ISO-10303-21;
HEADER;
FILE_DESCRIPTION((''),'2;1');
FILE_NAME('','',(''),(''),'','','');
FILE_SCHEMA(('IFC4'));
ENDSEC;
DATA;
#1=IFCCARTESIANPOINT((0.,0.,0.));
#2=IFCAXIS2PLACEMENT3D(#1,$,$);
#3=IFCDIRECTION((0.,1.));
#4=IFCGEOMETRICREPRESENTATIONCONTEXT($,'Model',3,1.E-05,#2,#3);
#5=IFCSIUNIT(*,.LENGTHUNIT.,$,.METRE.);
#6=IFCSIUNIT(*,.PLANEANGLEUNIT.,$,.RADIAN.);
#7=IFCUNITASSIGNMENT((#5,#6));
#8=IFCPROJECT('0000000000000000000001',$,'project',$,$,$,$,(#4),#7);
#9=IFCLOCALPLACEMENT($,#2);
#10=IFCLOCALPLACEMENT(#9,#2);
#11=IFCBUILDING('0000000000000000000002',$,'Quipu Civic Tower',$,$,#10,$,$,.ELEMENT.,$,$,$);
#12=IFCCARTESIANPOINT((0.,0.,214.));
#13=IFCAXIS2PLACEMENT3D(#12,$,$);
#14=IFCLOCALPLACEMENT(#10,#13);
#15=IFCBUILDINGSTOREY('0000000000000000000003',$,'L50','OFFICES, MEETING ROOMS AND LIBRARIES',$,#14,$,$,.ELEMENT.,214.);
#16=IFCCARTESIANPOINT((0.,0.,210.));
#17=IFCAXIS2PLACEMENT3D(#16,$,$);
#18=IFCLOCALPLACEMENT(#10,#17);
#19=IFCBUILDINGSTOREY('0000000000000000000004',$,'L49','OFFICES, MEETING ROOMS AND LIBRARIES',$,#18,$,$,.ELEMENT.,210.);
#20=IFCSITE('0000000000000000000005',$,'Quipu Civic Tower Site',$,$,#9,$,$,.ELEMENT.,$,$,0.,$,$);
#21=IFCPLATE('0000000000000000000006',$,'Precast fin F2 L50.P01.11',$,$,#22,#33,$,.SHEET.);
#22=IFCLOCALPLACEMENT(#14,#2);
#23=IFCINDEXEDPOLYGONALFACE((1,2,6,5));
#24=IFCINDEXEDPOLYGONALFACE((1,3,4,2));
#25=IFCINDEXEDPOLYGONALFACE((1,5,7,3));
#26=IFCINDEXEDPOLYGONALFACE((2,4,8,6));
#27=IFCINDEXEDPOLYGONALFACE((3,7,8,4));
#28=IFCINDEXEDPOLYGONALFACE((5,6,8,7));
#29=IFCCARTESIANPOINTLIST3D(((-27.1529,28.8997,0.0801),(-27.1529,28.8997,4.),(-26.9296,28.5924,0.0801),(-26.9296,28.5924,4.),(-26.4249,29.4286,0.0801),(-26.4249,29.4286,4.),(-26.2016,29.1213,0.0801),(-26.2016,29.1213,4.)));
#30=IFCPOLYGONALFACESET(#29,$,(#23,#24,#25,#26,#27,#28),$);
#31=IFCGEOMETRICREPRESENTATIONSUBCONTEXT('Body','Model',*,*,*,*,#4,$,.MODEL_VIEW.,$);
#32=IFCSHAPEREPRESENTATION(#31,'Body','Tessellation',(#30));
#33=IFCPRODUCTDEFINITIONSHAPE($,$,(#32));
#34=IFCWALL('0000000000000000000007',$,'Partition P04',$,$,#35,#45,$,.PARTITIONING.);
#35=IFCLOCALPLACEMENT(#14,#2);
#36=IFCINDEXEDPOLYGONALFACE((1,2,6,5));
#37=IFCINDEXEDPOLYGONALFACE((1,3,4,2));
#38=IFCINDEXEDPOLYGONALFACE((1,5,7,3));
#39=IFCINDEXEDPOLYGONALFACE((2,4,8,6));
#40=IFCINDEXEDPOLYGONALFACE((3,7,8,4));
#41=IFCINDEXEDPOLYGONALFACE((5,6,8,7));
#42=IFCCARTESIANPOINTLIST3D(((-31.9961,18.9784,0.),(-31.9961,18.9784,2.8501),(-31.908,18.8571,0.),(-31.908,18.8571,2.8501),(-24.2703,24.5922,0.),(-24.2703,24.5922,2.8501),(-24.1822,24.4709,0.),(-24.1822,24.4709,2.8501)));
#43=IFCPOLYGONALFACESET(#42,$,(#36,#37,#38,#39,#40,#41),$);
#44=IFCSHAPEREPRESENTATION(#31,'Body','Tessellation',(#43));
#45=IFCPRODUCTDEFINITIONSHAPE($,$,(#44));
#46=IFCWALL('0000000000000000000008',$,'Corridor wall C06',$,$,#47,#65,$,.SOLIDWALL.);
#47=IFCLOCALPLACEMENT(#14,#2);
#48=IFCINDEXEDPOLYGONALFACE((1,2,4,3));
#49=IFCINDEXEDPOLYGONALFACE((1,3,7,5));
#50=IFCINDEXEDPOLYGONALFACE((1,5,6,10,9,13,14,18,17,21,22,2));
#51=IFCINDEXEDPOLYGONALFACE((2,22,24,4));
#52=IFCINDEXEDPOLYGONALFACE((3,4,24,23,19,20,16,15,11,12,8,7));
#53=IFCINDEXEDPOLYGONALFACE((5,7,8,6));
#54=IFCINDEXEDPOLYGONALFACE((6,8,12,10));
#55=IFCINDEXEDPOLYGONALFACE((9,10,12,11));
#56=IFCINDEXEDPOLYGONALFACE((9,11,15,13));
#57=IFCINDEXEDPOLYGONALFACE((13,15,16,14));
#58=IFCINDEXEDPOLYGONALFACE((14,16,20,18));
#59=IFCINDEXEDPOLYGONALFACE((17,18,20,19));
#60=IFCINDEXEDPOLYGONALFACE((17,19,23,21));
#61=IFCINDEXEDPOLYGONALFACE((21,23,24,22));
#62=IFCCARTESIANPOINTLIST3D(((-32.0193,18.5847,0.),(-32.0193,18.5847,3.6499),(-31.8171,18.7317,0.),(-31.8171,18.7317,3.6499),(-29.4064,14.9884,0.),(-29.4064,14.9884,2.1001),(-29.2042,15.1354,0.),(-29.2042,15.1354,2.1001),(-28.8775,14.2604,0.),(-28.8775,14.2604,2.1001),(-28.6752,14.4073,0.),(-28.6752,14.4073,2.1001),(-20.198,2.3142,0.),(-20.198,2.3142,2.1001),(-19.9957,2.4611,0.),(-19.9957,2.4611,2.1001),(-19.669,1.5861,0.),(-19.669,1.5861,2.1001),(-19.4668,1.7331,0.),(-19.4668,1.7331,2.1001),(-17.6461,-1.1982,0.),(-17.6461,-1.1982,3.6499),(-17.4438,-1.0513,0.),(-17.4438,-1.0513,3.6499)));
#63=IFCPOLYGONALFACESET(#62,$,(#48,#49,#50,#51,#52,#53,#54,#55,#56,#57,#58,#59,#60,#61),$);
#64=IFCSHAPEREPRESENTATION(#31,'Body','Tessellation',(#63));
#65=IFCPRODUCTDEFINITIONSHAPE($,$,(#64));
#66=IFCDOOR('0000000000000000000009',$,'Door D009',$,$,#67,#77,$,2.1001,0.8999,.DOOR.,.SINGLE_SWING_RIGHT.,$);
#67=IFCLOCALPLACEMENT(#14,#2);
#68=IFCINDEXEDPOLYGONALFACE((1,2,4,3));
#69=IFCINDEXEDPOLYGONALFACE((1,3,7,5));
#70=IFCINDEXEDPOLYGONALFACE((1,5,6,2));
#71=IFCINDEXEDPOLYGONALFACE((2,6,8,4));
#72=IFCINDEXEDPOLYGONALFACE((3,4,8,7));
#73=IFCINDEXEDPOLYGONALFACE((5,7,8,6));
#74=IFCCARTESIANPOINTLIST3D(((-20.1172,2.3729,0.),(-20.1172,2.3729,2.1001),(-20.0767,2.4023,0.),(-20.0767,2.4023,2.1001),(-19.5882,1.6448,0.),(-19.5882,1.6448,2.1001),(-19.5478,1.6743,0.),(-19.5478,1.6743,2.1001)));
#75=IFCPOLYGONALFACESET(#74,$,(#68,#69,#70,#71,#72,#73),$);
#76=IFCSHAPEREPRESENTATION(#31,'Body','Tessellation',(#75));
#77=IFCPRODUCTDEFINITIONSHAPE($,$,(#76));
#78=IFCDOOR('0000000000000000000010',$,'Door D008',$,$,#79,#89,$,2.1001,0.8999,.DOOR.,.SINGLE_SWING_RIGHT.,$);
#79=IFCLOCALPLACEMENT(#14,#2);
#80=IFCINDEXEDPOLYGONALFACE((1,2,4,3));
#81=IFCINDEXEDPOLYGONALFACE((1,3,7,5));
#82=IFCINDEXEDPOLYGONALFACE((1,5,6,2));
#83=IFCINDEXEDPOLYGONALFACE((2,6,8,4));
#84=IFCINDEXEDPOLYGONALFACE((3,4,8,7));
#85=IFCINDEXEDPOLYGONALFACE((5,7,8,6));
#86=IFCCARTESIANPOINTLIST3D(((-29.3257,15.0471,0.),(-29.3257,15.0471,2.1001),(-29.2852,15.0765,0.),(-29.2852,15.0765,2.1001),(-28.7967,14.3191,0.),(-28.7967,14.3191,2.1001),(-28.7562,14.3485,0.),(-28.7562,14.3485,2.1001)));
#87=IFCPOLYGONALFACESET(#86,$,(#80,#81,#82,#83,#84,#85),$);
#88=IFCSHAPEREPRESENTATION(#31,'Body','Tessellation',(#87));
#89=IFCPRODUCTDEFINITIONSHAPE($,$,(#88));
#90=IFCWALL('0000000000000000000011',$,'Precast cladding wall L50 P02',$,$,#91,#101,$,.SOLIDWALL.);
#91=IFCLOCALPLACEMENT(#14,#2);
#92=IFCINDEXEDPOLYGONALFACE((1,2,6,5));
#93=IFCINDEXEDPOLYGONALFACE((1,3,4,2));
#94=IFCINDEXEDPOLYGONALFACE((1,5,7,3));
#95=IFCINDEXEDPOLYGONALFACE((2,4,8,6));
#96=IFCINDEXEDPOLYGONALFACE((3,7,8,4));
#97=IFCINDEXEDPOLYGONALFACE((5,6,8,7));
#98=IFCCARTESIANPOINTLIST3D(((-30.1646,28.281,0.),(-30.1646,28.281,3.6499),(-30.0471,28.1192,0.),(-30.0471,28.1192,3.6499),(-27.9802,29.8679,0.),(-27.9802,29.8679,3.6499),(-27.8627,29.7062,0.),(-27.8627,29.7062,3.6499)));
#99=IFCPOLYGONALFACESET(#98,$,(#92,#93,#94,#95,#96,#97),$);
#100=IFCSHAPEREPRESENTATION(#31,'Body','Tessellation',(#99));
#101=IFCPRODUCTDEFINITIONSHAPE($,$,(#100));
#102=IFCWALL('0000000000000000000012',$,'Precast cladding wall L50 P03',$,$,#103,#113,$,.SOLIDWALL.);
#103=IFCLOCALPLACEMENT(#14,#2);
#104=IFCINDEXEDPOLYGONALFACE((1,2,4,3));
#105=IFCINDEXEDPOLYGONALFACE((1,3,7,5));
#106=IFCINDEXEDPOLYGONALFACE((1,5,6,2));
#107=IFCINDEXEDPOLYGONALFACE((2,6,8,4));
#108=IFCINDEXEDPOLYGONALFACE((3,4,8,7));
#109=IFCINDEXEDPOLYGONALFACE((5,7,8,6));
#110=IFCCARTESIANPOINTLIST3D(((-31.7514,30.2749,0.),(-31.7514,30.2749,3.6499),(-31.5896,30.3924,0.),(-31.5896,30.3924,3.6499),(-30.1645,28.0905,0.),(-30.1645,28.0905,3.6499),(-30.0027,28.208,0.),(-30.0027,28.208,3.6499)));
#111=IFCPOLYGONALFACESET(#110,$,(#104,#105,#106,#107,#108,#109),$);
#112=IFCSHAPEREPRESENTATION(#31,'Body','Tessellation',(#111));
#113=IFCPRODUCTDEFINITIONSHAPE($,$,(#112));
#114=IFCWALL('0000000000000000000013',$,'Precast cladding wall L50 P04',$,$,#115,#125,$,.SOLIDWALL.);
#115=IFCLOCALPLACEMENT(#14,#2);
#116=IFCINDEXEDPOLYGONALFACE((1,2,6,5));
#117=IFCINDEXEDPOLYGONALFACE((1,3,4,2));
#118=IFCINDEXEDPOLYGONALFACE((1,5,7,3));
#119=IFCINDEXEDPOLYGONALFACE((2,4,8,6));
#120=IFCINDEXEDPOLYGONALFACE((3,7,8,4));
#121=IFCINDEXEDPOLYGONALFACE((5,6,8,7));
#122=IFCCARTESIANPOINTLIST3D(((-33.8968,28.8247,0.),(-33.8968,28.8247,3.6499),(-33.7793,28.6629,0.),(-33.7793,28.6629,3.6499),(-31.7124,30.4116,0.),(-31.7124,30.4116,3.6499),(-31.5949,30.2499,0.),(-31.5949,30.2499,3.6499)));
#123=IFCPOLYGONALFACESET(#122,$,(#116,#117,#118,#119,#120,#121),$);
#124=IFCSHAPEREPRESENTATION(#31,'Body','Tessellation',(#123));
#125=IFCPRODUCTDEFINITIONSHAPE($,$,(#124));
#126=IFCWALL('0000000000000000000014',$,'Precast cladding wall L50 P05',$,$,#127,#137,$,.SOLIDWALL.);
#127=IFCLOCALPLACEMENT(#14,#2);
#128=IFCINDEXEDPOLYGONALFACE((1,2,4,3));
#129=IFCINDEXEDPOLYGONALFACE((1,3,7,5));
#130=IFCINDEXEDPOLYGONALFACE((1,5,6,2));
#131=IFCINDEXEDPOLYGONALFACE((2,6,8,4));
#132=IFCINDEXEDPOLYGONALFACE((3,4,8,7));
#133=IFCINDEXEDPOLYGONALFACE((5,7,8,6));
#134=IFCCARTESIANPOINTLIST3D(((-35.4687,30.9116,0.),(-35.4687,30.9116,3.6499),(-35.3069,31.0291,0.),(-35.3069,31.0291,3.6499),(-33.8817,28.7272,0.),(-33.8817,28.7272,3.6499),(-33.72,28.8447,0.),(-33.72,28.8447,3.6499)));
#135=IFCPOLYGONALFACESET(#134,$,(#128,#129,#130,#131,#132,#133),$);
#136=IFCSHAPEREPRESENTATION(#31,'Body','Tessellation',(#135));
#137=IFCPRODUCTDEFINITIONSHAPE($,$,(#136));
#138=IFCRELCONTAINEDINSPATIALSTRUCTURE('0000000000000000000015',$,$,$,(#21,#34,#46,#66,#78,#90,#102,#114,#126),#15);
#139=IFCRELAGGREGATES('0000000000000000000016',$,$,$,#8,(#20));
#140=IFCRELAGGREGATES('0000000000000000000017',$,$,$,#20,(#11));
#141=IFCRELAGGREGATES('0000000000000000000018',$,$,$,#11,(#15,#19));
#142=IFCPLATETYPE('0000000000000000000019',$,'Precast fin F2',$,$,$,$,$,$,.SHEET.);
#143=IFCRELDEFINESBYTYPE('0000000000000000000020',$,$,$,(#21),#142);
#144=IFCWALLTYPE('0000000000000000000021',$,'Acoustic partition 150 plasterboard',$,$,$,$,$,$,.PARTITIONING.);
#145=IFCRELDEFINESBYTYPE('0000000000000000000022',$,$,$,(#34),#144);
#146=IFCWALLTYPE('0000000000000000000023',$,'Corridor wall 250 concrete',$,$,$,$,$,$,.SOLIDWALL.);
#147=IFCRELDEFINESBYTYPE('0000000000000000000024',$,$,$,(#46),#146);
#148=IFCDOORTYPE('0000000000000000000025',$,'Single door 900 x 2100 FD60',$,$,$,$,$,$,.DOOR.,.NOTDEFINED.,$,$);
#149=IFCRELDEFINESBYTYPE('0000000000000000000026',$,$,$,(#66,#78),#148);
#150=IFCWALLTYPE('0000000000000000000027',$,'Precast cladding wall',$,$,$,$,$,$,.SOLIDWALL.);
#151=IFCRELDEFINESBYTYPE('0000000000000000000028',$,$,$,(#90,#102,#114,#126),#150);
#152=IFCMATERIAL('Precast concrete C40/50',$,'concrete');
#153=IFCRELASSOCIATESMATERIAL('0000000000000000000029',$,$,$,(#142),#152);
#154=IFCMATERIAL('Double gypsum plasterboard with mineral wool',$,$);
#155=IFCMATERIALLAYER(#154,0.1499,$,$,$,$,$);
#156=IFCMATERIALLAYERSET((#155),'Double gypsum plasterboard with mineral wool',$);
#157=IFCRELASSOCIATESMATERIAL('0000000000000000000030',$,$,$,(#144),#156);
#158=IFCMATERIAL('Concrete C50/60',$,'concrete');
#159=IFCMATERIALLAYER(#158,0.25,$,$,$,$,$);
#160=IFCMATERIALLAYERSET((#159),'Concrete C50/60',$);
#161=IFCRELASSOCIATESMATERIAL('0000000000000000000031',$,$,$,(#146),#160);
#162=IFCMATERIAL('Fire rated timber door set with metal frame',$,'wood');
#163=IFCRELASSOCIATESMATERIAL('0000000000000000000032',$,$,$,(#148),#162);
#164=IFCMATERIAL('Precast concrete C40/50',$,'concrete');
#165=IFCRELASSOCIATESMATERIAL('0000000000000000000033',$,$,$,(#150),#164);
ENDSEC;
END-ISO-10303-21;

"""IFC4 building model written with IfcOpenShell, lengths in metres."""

from ifc_helpers import new_model, si_unit, direction, frame, frame_2d, origin, origin_2d, place, context, subcontext, project, spatial, rectangle, extrude, material, layer, layer_set, type_object, element, fill, save


model = new_model("IFC4")

# Units and contexts
model_context = context("Model", 3, precision=1e-05, world=origin(), true_north=direction((0.0, 1.0)))
body_context = subcontext(model_context, "Body", "Model", "MODEL_VIEW")
ifc_project = project(units=[si_unit("LENGTHUNIT", "METRE"), si_unit("PLANEANGLEUNIT", "RADIAN")], contexts=[model_context])

# Site, building, storey
site_placement = place(None, origin())
site = spatial("IfcSite", under=ifc_project, at=site_placement, Name="Quipu Civic Tower Site", CompositionType="ELEMENT", RefElevation=0.0)
building_placement = place(site_placement, origin())
building = spatial("IfcBuilding", under=site, at=building_placement, Name="Quipu Civic Tower", CompositionType="ELEMENT")
storey_1_placement = place(building_placement, frame((0.0, 0.0, 214.0)))
storey_1 = spatial("IfcBuildingStorey", under=building, at=storey_1_placement, Name="L50", Description="OFFICES, MEETING ROOMS AND LIBRARIES", CompositionType="ELEMENT", Elevation=214.0)

# Shared definitions
storey_2_placement = place(building_placement, frame((0.0, 0.0, 210.0)))
storey_2 = spatial("IfcBuildingStorey", under=building, at=storey_2_placement, Name="L49", Description="OFFICES, MEETING ROOMS AND LIBRARIES", CompositionType="ELEMENT", Elevation=210.0)

# Plate
ifc_material_1 = material(Name="Precast concrete C40/50", Category="concrete")
plate_type_1 = type_object("IfcPlateType", Name="Precast fin F2", PredefinedType="SHEET", material=ifc_material_1)
for number, where, z_axis, x_axis, name in (
    (1, (-26.6772, 29.0105, 0.0801), (0.0, 0.0, 1.0), (-0.587787, 0.809016, 0.0), "Precast fin F2 L50.P01.11"),
):
    element("IfcPlate", number, at=place(storey_1_placement, frame(where, z_axis=z_axis, x_axis=x_axis)), inside=storey_1, type_object=plate_type_1, Name=name, PredefinedType="SHEET", context=body_context, shape_type="SweptSolid", body=[
        extrude(rectangle(XDim=0.3799, YDim=0.8999, at=origin_2d()), origin(), (0.0, 0.0, 1.0), 3.9199),
    ])

# Wall
ifc_material_2 = material(Name="Double gypsum plasterboard with mineral wool")
ifc_layer_1 = layer(ifc_material_2, 0.1499)
ifc_layer_set_1 = layer_set([ifc_layer_1], Name="Double gypsum plasterboard with mineral wool")
wall_type_1 = type_object("IfcWallType", Name="Acoustic partition 150 plasterboard", PredefinedType="PARTITIONING", material=ifc_layer_set_1)
wall_1_placement = place(storey_1_placement, frame((-24.2263, 24.5315, 0.0), z_axis=(0.0, 0.0, 1.0), x_axis=(-0.808986, -0.587828, 0.0)))
element("IfcWall", 2, at=wall_1_placement, inside=storey_1, type_object=wall_type_1, Name="Partition P04", PredefinedType="PARTITIONING", context=body_context, shape_type="SweptSolid", body=[
    extrude(rectangle(XDim=9.55, YDim=0.1499, at=frame_2d((4.7749, 0.0))), origin(), (0.0, 0.0, 1.0), 2.8501),
])

# Wall, openings, doors
ifc_material_3 = material(Name="Concrete C50/60", Category="concrete")
ifc_layer_2 = layer(ifc_material_3, 0.25)
ifc_layer_set_2 = layer_set([ifc_layer_2], Name="Concrete C50/60")
wall_type_2 = type_object("IfcWallType", Name="Corridor wall 250 concrete", PredefinedType="SOLIDWALL", material=ifc_layer_set_2)
wall_2_placement = place(storey_1_placement, frame((-31.9182, 18.6582, 0.0), z_axis=(0.0, 0.0, 1.0), x_axis=(0.587789, -0.809014, 0.0)))
wall_2 = element("IfcWall", 3, at=wall_2_placement, inside=storey_1, type_object=wall_type_2, Name="Corridor wall C06", PredefinedType="SOLIDWALL", context=body_context, shape_type="SweptSolid", body=[
    extrude(rectangle(XDim=24.4531, YDim=0.25, at=frame_2d((12.2266, 0.0))), origin(), (0.0, 0.0, 1.0), 3.6499),
])
opening_1_placement = place(wall_2_placement, frame((20.1116, 0.0, 0.0)))
opening_1 = element("IfcOpeningElement", 4, at=opening_1_placement, cuts=wall_2, PredefinedType="OPENING", context=body_context, shape_type="SweptSolid", body=[
    extrude(rectangle(XDim=0.8999, YDim=2.1001, at=frame_2d((0.45, 1.05))), frame((0.0, 0.135, 0.0), z_axis=(0.0, -1.0, 0.0), x_axis=(1.0, 0.0, 0.0)), (0.0, 0.0, 1.0), 0.27),
])
opening_2_placement = place(wall_2_placement, frame((4.4453, 0.0, 0.0)))
opening_2 = element("IfcOpeningElement", 5, at=opening_2_placement, cuts=wall_2, PredefinedType="OPENING", context=body_context, shape_type="SweptSolid", body=[
    extrude(rectangle(XDim=0.8999, YDim=2.1001, at=frame_2d((0.45, 1.05))), frame((0.0, 0.135, 0.0), z_axis=(0.0, -1.0, 0.0), x_axis=(1.0, 0.0, 0.0)), (0.0, 0.0, 1.0), 0.27),
])
ifc_material_4 = material(Name="Fire rated timber door set with metal frame", Category="wood")
door_type = type_object("IfcDoorType", Name="Single door 900 x 2100 FD60", OperationType="NOTDEFINED", PredefinedType="DOOR", material=ifc_material_4)
door_1_placement = place(opening_1_placement, origin())
door_1 = element("IfcDoor", 6, at=door_1_placement, inside=storey_1, type_object=door_type, Name="Door D009", OperationType="SINGLE_SWING_RIGHT", OverallHeight=2.1001, OverallWidth=0.8999, PredefinedType="DOOR", context=body_context, shape_type="SweptSolid", body=[
    extrude(rectangle(XDim=0.8999, YDim=2.1001, at=frame_2d((0.45, 1.05))), frame((0.0, 0.0249, 0.0), z_axis=(0.0, -1.0, 0.0), x_axis=(1.0, 0.0, 0.0)), (0.0, 0.0, 1.0), 0.05),
])
fill(opening_1, door_1)
door_2_placement = place(opening_2_placement, origin())
door_2 = element("IfcDoor", 7, at=door_2_placement, inside=storey_1, type_object=door_type, Name="Door D008", OperationType="SINGLE_SWING_RIGHT", OverallHeight=2.1001, OverallWidth=0.8999, PredefinedType="DOOR", context=body_context, shape_type="SweptSolid", body=[
    extrude(rectangle(XDim=0.8999, YDim=2.1001, at=frame_2d((0.45, 1.05))), frame((0.0, 0.0249, 0.0), z_axis=(0.0, -1.0, 0.0), x_axis=(1.0, 0.0, 0.0)), (0.0, 0.0, 1.0), 0.05),
])
fill(opening_2, door_2)

# Walls
ifc_material_5 = material(Name="Precast concrete C40/50", Category="concrete")
wall_type_3 = type_object("IfcWallType", Name="Precast cladding wall", PredefinedType="SOLIDWALL", material=ifc_material_5)
for number, where, z_axis, x_axis, name in (
    (8, (-27.9214, 29.7871, 0.0), (0.0, 0.0, 1.0), (-0.809033, -0.587763, 0.0), "Precast cladding wall L50 P02"),
    (9, (-30.0835, 28.1492, 0.0), (0.0, 0.0, 1.0), (-0.587763, 0.809033, 0.0), "Precast cladding wall L50 P03"),
    (10, (-31.6536, 30.3308, 0.0), (0.0, 0.0, 1.0), (-0.809033, -0.587763, 0.0), "Precast cladding wall L50 P04"),
    (11, (-33.8008, 28.7859, 0.0), (0.0, 0.0, 1.0), (-0.587763, 0.809033, 0.0), "Precast cladding wall L50 P05"),
):
    element("IfcWall", number, at=place(storey_1_placement, frame(where, z_axis=z_axis, x_axis=x_axis)), inside=storey_1, type_object=wall_type_3, Name=name, PredefinedType="SOLIDWALL", context=body_context, shape_type="SweptSolid", body=[
        extrude(rectangle(XDim=2.7, YDim=0.2, at=frame_2d((1.3501, 0.0))), origin(), (0.0, 0.0, 1.0), 3.6499),
    ])

save(model, "model.ifc")
